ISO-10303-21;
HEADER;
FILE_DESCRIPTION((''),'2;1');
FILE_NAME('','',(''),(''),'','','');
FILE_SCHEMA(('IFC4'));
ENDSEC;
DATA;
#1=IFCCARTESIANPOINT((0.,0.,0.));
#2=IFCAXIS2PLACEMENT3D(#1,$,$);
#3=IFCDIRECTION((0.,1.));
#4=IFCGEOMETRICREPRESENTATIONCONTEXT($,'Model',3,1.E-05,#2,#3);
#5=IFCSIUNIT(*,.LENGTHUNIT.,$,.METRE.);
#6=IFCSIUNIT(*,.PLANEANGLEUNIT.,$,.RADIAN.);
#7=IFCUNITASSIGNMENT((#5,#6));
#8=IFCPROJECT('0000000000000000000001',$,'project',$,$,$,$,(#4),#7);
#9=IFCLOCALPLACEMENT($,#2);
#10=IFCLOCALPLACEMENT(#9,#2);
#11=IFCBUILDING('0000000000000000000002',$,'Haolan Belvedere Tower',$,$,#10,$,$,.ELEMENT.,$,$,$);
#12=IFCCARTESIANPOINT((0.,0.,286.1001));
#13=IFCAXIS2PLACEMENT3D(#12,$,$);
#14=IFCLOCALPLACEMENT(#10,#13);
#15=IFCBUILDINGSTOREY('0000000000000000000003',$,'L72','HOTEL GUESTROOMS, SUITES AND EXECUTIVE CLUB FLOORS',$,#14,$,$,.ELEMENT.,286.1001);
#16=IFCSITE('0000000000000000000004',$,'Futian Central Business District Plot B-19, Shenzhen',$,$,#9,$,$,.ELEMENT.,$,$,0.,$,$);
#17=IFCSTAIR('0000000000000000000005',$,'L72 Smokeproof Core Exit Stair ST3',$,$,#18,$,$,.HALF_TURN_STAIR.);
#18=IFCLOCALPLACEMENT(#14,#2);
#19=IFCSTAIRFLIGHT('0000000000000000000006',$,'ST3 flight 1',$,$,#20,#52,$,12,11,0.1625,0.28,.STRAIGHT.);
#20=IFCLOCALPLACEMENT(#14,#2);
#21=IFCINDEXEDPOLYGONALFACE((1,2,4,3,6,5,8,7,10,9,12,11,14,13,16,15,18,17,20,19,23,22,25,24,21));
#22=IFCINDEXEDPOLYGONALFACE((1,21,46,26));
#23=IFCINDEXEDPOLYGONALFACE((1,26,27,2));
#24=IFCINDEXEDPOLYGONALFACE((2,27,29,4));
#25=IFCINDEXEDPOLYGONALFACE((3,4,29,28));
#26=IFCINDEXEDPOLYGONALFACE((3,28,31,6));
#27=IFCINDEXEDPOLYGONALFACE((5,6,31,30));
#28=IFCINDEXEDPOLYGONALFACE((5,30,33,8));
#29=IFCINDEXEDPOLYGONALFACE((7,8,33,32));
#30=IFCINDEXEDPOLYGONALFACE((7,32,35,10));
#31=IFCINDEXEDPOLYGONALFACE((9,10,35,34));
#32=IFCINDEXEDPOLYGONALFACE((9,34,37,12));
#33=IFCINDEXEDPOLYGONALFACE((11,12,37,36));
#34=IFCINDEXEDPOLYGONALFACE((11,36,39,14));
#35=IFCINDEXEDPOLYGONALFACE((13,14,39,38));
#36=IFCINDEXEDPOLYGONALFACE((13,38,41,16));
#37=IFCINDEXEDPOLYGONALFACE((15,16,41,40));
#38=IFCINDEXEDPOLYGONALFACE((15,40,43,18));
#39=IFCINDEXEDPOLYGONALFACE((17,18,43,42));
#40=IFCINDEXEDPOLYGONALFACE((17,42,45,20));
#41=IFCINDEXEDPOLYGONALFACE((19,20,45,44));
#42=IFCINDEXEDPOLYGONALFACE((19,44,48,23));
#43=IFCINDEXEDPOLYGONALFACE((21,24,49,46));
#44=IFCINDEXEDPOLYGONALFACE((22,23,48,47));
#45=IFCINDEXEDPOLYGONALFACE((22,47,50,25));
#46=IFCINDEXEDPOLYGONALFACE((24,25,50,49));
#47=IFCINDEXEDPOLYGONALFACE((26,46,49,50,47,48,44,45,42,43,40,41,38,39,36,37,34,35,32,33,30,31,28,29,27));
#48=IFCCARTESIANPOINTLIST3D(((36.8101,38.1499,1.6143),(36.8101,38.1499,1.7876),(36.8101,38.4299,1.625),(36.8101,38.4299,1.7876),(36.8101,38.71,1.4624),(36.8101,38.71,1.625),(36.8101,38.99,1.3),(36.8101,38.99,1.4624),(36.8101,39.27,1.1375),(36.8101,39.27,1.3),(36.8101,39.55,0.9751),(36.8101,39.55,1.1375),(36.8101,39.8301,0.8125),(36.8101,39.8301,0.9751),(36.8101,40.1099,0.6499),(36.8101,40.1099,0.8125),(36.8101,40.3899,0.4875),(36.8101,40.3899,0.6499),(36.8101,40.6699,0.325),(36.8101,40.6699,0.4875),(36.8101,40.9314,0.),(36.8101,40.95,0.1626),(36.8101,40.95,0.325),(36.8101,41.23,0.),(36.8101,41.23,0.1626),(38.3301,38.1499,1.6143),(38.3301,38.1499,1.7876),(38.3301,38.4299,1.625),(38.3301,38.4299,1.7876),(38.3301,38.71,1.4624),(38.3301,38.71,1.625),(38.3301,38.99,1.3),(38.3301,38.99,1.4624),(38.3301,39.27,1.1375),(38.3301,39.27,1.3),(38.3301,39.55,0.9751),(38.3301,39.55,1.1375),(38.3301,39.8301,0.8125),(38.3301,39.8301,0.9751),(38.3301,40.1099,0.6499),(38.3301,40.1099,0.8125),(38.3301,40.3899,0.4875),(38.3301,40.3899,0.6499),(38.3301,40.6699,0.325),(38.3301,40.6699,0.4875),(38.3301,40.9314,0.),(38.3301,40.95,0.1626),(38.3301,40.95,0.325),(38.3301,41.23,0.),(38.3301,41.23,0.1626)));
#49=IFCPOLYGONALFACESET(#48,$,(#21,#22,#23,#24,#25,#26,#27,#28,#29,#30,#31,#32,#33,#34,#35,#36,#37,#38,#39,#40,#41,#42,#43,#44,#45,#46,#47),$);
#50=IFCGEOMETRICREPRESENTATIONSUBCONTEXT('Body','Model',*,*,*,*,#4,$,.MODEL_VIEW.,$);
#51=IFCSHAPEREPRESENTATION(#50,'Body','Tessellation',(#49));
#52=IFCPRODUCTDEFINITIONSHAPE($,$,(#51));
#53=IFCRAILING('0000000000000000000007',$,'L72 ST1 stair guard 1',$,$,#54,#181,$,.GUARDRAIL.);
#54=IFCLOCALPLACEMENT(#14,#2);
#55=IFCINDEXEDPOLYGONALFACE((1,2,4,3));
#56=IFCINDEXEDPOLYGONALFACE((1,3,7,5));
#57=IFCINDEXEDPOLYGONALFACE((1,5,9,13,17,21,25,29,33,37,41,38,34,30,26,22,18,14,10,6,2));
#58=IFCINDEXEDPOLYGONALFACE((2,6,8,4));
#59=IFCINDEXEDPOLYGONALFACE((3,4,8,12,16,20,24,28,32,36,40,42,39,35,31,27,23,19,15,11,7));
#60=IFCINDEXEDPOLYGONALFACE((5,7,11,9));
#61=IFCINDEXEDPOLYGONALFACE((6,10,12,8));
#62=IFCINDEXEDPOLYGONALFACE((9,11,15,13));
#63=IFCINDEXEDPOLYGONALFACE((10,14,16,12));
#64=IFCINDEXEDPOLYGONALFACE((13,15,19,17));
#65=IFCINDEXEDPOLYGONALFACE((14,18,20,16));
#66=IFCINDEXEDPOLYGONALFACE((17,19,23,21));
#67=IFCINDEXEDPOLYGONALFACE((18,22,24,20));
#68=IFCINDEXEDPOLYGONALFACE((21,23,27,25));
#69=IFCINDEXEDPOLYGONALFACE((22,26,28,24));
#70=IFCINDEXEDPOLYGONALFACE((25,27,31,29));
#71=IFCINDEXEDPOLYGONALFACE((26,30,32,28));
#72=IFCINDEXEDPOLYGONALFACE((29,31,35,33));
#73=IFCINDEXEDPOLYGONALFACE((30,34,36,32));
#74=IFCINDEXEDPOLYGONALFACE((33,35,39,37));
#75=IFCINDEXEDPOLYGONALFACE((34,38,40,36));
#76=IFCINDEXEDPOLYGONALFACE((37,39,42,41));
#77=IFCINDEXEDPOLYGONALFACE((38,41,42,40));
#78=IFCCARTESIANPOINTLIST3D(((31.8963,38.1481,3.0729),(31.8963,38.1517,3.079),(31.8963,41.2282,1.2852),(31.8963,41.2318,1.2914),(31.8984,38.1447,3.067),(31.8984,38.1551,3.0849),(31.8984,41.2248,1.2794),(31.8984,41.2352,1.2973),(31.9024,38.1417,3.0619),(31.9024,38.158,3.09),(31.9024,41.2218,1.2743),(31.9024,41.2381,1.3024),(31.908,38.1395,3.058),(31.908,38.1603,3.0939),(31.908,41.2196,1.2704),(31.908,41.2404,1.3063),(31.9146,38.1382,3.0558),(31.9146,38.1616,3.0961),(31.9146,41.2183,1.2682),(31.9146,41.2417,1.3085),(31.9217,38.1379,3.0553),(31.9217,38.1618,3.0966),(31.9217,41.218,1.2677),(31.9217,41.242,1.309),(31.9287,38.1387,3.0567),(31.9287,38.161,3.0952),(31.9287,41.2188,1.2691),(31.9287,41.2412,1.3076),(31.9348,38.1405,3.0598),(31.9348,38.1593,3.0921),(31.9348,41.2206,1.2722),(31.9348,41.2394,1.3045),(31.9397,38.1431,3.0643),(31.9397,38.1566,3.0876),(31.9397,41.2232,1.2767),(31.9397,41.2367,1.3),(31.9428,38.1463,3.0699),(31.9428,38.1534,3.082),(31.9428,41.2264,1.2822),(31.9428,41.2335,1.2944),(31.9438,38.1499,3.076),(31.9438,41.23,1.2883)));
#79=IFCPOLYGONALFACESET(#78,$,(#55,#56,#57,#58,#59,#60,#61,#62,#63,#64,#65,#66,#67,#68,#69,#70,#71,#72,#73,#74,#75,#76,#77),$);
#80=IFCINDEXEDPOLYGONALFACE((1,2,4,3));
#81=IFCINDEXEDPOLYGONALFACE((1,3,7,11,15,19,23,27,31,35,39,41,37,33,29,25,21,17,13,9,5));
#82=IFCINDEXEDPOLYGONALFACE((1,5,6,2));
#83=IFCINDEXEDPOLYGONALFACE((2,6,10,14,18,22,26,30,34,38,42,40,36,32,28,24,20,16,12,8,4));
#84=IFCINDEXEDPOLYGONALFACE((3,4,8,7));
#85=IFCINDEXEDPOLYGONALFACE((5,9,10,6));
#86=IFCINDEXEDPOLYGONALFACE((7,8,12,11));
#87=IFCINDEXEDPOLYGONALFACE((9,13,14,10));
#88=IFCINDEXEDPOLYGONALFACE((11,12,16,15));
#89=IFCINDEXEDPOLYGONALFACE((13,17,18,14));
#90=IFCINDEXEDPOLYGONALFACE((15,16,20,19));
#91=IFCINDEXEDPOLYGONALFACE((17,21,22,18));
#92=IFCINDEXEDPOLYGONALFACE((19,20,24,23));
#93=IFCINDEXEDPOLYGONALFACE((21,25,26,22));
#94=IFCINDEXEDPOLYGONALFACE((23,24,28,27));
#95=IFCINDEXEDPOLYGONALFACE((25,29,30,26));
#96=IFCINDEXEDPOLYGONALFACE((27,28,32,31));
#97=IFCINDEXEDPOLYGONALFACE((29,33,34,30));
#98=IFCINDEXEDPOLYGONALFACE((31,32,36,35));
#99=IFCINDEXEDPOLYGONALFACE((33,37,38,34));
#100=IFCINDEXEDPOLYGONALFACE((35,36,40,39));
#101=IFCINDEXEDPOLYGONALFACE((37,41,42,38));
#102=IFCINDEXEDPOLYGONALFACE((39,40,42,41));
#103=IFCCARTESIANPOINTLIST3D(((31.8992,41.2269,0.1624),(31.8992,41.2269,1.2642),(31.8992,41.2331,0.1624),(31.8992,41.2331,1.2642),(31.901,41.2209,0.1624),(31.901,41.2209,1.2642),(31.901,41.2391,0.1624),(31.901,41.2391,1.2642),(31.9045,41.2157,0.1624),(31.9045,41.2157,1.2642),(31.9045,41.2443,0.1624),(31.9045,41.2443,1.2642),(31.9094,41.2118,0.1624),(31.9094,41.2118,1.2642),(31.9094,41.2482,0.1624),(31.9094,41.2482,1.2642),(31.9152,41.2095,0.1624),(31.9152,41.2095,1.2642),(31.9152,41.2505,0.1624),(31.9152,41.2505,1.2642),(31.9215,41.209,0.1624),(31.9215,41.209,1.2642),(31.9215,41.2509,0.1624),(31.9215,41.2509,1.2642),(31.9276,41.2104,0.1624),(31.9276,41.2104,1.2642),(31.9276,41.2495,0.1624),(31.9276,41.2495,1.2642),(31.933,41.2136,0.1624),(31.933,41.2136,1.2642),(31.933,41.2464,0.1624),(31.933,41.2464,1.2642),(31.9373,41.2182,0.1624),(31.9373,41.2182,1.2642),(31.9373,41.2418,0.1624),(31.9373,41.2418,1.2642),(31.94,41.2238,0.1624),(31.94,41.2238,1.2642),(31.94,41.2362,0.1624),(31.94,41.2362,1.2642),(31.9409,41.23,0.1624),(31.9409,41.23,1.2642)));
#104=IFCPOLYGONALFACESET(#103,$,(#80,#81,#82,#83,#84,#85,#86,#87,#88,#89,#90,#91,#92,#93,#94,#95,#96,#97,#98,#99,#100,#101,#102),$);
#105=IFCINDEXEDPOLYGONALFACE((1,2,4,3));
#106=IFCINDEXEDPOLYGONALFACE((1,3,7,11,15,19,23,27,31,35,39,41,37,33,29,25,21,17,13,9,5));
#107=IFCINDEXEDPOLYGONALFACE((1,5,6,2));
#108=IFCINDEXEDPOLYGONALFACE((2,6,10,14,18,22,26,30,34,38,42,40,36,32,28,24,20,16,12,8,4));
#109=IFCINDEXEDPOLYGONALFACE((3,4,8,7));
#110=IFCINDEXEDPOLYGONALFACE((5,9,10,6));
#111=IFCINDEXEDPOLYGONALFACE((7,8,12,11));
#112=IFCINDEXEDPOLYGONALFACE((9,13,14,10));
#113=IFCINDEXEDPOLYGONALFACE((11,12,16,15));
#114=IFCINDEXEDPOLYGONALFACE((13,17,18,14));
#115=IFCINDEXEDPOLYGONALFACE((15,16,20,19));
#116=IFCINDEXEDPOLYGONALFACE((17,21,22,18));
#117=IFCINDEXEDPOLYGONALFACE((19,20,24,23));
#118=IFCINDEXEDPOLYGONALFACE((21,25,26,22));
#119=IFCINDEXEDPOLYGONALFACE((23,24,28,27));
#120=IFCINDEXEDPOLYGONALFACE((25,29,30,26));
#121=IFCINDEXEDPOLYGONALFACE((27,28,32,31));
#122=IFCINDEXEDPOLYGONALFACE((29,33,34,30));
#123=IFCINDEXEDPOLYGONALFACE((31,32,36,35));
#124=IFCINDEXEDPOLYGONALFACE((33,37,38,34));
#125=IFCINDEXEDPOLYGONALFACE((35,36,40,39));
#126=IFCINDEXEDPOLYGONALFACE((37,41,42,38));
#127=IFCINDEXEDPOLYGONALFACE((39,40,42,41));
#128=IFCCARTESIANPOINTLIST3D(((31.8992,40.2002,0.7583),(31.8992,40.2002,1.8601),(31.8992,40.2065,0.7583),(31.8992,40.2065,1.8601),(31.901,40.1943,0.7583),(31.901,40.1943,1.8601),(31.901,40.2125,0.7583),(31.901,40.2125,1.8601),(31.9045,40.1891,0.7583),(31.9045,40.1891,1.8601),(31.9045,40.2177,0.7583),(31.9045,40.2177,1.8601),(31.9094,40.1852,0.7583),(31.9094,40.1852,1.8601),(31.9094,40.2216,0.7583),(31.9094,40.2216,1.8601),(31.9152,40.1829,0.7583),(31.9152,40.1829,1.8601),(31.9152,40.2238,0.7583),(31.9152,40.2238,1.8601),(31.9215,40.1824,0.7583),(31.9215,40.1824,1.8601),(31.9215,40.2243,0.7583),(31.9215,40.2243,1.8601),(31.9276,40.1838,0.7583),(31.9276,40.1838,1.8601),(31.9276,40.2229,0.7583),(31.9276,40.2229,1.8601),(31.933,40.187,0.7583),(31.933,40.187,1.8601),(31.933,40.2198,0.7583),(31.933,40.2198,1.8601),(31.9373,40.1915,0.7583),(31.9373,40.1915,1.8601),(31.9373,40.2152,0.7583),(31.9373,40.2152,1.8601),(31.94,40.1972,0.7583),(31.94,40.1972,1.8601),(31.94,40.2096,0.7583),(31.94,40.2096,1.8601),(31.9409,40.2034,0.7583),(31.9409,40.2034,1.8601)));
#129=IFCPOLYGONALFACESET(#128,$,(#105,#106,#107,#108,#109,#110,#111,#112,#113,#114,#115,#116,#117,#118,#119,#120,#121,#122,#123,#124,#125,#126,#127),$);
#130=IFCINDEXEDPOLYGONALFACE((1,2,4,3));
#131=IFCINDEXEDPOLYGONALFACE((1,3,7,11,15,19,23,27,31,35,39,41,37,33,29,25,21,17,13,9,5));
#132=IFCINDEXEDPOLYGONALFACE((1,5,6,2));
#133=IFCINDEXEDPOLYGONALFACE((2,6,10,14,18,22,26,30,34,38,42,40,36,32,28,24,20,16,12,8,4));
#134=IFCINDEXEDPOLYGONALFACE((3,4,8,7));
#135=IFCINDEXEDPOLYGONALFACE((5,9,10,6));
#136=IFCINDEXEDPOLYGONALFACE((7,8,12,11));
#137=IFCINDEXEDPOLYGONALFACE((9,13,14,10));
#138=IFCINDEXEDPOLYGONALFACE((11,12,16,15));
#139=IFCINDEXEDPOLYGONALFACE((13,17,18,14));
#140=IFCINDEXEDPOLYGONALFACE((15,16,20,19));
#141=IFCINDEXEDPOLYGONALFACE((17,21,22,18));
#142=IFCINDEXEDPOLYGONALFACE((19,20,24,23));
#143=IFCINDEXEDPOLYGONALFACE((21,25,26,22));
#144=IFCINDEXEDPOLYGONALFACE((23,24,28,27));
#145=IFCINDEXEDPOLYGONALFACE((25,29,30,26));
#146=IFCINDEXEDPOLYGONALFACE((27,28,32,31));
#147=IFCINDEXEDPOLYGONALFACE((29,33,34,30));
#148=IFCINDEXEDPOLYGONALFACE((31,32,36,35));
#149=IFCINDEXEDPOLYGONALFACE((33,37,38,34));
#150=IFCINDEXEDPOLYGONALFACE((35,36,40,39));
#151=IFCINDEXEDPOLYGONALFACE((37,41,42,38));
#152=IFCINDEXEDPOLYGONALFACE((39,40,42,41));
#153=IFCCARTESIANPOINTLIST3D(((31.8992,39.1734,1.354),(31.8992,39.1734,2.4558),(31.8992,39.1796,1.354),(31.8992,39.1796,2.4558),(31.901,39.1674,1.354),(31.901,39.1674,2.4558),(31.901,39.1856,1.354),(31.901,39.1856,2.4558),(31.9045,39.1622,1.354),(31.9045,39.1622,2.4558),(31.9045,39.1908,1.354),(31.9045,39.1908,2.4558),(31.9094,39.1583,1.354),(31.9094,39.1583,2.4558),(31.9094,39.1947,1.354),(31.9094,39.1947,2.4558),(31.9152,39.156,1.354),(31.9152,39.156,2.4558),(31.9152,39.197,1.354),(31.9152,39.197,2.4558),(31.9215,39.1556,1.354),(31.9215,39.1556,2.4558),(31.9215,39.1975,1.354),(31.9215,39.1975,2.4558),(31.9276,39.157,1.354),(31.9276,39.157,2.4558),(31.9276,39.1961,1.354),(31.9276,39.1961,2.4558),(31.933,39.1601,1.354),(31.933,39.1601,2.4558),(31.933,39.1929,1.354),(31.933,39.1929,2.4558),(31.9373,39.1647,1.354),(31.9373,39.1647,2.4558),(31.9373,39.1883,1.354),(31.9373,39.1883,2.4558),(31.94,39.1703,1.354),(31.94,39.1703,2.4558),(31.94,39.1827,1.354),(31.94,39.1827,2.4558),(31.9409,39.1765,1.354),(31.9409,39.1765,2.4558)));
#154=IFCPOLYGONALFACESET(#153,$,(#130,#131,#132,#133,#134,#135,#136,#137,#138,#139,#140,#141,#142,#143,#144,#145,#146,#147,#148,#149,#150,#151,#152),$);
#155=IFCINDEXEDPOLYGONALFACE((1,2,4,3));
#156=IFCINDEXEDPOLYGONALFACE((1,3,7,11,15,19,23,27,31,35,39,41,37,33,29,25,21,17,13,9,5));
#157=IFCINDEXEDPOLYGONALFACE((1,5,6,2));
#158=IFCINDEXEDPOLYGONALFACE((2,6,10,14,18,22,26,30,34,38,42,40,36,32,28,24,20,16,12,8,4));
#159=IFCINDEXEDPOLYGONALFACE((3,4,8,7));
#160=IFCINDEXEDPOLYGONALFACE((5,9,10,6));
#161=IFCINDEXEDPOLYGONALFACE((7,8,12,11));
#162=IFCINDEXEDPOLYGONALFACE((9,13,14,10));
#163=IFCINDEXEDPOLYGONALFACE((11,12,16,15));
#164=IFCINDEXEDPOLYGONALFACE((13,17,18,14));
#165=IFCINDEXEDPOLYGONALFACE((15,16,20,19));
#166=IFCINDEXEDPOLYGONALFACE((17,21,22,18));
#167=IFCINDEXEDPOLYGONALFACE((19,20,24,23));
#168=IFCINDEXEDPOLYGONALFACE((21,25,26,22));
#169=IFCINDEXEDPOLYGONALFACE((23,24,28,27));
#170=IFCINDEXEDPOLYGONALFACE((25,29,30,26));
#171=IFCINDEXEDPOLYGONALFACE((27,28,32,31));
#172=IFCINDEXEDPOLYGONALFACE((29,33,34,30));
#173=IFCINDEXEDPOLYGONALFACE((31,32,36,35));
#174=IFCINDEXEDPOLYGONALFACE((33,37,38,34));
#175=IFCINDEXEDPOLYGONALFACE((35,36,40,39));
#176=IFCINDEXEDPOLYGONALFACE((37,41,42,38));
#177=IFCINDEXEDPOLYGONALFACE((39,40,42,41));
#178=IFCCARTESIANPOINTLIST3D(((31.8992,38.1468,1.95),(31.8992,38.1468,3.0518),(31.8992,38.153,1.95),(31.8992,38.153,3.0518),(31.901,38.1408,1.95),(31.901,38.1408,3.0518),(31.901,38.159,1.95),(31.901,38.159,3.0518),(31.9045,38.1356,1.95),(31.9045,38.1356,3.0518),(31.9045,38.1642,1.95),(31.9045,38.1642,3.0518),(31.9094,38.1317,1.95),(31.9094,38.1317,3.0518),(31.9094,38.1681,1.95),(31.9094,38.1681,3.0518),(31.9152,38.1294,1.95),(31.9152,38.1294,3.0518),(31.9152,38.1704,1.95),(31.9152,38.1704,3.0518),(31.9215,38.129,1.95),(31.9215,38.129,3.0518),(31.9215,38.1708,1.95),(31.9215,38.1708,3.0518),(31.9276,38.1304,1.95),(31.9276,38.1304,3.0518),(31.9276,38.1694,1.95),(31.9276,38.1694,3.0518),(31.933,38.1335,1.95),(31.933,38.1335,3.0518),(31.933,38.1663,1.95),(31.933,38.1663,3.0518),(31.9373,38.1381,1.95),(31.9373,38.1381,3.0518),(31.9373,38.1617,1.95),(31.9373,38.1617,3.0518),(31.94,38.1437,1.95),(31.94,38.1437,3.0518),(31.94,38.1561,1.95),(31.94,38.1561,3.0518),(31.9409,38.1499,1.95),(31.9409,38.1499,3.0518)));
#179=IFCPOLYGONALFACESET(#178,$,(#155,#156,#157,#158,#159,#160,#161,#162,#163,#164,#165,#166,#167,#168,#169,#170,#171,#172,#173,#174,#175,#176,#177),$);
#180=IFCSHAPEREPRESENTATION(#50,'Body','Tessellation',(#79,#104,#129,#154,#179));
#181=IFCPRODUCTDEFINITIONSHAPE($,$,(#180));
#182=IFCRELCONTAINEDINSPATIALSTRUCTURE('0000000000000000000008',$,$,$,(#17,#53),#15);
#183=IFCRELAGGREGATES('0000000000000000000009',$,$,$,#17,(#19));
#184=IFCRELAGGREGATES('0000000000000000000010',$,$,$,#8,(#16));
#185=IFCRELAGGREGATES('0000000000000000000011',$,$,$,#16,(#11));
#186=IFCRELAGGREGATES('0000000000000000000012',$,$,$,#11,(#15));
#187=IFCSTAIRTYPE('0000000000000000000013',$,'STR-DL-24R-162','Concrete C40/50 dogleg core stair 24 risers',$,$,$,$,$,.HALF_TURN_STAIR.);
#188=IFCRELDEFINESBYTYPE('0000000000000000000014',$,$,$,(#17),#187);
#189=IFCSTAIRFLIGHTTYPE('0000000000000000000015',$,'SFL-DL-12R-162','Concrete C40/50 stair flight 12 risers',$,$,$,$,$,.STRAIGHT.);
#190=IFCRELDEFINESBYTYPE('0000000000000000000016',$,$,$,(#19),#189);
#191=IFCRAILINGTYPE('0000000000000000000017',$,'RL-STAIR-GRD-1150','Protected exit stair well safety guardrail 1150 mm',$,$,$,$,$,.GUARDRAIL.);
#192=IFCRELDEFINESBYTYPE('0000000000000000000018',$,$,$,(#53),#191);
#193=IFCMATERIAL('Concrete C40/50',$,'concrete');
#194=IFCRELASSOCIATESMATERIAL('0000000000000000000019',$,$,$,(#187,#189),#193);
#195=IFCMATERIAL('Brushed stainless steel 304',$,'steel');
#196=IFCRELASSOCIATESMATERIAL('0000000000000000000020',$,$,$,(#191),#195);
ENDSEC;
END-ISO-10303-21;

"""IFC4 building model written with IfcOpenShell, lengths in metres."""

from ifc_helpers import new_model, si_unit, direction, frame, origin, origin_2d, place, context, subcontext, project, spatial, polyline, circle, outline, extrude, material, type_object, element, aggregate, save


model = new_model("IFC4")

# Units and contexts
model_context = context("Model", 3, precision=1e-05, world=origin(), true_north=direction((0.0, 1.0)))
body_context = subcontext(model_context, "Body", "Model", "MODEL_VIEW")
ifc_project = project(units=[si_unit("LENGTHUNIT", "METRE"), si_unit("PLANEANGLEUNIT", "RADIAN")], contexts=[model_context])

# Site, building, storey
site_placement = place(None, origin())
site = spatial("IfcSite", under=ifc_project, at=site_placement, Name="Futian Central Business District Plot B-19, Shenzhen", CompositionType="ELEMENT", RefElevation=0.0)
building_placement = place(site_placement, origin())
building = spatial("IfcBuilding", under=site, at=building_placement, Name="Haolan Belvedere Tower", CompositionType="ELEMENT")
storey_placement = place(building_placement, frame((0.0, 0.0, 286.1001)))
storey = spatial("IfcBuildingStorey", under=building, at=storey_placement, Name="L72", Description="HOTEL GUESTROOMS, SUITES AND EXECUTIVE CLUB FLOORS", CompositionType="ELEMENT", Elevation=286.1001)

# Shared definitions
ifc_material_1 = material(Name="Concrete C40/50", Category="concrete")
stair_type = type_object("IfcStairType", Name="STR-DL-24R-162", Description="Concrete C40/50 dogleg core stair 24 risers", PredefinedType="HALF_TURN_STAIR", material=ifc_material_1)
stair_flight_type = type_object("IfcStairFlightType", Name="SFL-DL-12R-162", Description="Concrete C40/50 stair flight 12 risers", PredefinedType="STRAIGHT", material=ifc_material_1)

# Stair, stair flight
stair_1_placement = place(storey_placement, origin())
stair_1 = element("IfcStair", 1, at=stair_1_placement, inside=storey, type_object=stair_type, Name="L72 Smokeproof Core Exit Stair ST3", PredefinedType="HALF_TURN_STAIR")
stair_flight_1_placement = place(storey_placement, frame((37.5701, 41.23, 0.0), z_axis=(0.0, 0.0, 1.0), x_axis=(0.0, -1.0, 0.0)))
stair_flight_1 = element("IfcStairFlight", 2, at=stair_flight_1_placement, type_object=stair_flight_type, Name="ST3 flight 1", NumberOfRisers=12, NumberOfTreads=11, PredefinedType="STRAIGHT", RiserHeight=0.1625, TreadLength=0.28, context=body_context, shape_type="SweptSolid", body=[
    extrude(outline(polyline([(0.0, 0.0), (0.0, 0.1626), (0.28, 0.1626), (0.28, 0.325), (0.5601, 0.325), (0.5601, 0.4875), (0.8401, 0.4875), (0.8401, 0.6499), (1.1201, 0.6499), (1.1201, 0.8125), (1.3999, 0.8125), (1.3999, 0.9751), (1.6799, 0.9751), (1.6799, 1.1375), (1.96, 1.1375), (1.96, 1.3), (2.24, 1.3), (2.24, 1.4624), (2.52, 1.4624), (2.52, 1.625), (2.8, 1.625), (2.8, 1.7876), (3.0801, 1.7876), (3.0801, 1.95), (3.0801, 1.6143), (0.2986, 0.0), (0.0, 0.0)])), frame((0.0, 0.76, 0.0), z_axis=(0.0, -1.0, 0.0), x_axis=(1.0, 0.0, 0.0)), (0.0, 0.0, 1.0), 1.52),
])
aggregate(stair_1, [stair_flight_1])

# Railing
ifc_material_2 = material(Name="Brushed stainless steel 304", Category="steel")
railing_type_1 = type_object("IfcRailingType", Name="RL-STAIR-GRD-1150", Description="Protected exit stair well safety guardrail 1150 mm", PredefinedType="GUARDRAIL", material=ifc_material_2)
railing_1_placement = place(storey_placement, frame((31.9199, 41.23, 0.1624)))
element("IfcRailing", 3, at=railing_1_placement, inside=storey, type_object=railing_type_1, Name="L72 ST1 stair guard 1", PredefinedType="GUARDRAIL", context=body_context, shape_type="SweptSolid", body=[
    extrude(circle(Radius=0.0239, at=origin_2d()), frame((0.0, 0.0, 1.126), z_axis=(0.0, -0.864891, 0.50196), x_axis=(1.0, 0.0, 0.0)), (0.0, 0.0, 1.0), 3.5613),
    extrude(circle(Radius=0.021, at=origin_2d()), origin(), (0.0, 0.0, 1.0), 1.1018),
    extrude(circle(Radius=0.021, at=origin_2d()), frame((0.0, -1.0266, 0.5959)), (0.0, 0.0, 1.0), 1.1018),
    extrude(circle(Radius=0.021, at=origin_2d()), frame((0.0, -2.0535, 1.1917)), (0.0, 0.0, 1.0), 1.1018),
    extrude(circle(Radius=0.021, at=origin_2d()), frame((0.0, -3.0801, 1.7876)), (0.0, 0.0, 1.0), 1.1018),
])

save(model, "model.ifc")
